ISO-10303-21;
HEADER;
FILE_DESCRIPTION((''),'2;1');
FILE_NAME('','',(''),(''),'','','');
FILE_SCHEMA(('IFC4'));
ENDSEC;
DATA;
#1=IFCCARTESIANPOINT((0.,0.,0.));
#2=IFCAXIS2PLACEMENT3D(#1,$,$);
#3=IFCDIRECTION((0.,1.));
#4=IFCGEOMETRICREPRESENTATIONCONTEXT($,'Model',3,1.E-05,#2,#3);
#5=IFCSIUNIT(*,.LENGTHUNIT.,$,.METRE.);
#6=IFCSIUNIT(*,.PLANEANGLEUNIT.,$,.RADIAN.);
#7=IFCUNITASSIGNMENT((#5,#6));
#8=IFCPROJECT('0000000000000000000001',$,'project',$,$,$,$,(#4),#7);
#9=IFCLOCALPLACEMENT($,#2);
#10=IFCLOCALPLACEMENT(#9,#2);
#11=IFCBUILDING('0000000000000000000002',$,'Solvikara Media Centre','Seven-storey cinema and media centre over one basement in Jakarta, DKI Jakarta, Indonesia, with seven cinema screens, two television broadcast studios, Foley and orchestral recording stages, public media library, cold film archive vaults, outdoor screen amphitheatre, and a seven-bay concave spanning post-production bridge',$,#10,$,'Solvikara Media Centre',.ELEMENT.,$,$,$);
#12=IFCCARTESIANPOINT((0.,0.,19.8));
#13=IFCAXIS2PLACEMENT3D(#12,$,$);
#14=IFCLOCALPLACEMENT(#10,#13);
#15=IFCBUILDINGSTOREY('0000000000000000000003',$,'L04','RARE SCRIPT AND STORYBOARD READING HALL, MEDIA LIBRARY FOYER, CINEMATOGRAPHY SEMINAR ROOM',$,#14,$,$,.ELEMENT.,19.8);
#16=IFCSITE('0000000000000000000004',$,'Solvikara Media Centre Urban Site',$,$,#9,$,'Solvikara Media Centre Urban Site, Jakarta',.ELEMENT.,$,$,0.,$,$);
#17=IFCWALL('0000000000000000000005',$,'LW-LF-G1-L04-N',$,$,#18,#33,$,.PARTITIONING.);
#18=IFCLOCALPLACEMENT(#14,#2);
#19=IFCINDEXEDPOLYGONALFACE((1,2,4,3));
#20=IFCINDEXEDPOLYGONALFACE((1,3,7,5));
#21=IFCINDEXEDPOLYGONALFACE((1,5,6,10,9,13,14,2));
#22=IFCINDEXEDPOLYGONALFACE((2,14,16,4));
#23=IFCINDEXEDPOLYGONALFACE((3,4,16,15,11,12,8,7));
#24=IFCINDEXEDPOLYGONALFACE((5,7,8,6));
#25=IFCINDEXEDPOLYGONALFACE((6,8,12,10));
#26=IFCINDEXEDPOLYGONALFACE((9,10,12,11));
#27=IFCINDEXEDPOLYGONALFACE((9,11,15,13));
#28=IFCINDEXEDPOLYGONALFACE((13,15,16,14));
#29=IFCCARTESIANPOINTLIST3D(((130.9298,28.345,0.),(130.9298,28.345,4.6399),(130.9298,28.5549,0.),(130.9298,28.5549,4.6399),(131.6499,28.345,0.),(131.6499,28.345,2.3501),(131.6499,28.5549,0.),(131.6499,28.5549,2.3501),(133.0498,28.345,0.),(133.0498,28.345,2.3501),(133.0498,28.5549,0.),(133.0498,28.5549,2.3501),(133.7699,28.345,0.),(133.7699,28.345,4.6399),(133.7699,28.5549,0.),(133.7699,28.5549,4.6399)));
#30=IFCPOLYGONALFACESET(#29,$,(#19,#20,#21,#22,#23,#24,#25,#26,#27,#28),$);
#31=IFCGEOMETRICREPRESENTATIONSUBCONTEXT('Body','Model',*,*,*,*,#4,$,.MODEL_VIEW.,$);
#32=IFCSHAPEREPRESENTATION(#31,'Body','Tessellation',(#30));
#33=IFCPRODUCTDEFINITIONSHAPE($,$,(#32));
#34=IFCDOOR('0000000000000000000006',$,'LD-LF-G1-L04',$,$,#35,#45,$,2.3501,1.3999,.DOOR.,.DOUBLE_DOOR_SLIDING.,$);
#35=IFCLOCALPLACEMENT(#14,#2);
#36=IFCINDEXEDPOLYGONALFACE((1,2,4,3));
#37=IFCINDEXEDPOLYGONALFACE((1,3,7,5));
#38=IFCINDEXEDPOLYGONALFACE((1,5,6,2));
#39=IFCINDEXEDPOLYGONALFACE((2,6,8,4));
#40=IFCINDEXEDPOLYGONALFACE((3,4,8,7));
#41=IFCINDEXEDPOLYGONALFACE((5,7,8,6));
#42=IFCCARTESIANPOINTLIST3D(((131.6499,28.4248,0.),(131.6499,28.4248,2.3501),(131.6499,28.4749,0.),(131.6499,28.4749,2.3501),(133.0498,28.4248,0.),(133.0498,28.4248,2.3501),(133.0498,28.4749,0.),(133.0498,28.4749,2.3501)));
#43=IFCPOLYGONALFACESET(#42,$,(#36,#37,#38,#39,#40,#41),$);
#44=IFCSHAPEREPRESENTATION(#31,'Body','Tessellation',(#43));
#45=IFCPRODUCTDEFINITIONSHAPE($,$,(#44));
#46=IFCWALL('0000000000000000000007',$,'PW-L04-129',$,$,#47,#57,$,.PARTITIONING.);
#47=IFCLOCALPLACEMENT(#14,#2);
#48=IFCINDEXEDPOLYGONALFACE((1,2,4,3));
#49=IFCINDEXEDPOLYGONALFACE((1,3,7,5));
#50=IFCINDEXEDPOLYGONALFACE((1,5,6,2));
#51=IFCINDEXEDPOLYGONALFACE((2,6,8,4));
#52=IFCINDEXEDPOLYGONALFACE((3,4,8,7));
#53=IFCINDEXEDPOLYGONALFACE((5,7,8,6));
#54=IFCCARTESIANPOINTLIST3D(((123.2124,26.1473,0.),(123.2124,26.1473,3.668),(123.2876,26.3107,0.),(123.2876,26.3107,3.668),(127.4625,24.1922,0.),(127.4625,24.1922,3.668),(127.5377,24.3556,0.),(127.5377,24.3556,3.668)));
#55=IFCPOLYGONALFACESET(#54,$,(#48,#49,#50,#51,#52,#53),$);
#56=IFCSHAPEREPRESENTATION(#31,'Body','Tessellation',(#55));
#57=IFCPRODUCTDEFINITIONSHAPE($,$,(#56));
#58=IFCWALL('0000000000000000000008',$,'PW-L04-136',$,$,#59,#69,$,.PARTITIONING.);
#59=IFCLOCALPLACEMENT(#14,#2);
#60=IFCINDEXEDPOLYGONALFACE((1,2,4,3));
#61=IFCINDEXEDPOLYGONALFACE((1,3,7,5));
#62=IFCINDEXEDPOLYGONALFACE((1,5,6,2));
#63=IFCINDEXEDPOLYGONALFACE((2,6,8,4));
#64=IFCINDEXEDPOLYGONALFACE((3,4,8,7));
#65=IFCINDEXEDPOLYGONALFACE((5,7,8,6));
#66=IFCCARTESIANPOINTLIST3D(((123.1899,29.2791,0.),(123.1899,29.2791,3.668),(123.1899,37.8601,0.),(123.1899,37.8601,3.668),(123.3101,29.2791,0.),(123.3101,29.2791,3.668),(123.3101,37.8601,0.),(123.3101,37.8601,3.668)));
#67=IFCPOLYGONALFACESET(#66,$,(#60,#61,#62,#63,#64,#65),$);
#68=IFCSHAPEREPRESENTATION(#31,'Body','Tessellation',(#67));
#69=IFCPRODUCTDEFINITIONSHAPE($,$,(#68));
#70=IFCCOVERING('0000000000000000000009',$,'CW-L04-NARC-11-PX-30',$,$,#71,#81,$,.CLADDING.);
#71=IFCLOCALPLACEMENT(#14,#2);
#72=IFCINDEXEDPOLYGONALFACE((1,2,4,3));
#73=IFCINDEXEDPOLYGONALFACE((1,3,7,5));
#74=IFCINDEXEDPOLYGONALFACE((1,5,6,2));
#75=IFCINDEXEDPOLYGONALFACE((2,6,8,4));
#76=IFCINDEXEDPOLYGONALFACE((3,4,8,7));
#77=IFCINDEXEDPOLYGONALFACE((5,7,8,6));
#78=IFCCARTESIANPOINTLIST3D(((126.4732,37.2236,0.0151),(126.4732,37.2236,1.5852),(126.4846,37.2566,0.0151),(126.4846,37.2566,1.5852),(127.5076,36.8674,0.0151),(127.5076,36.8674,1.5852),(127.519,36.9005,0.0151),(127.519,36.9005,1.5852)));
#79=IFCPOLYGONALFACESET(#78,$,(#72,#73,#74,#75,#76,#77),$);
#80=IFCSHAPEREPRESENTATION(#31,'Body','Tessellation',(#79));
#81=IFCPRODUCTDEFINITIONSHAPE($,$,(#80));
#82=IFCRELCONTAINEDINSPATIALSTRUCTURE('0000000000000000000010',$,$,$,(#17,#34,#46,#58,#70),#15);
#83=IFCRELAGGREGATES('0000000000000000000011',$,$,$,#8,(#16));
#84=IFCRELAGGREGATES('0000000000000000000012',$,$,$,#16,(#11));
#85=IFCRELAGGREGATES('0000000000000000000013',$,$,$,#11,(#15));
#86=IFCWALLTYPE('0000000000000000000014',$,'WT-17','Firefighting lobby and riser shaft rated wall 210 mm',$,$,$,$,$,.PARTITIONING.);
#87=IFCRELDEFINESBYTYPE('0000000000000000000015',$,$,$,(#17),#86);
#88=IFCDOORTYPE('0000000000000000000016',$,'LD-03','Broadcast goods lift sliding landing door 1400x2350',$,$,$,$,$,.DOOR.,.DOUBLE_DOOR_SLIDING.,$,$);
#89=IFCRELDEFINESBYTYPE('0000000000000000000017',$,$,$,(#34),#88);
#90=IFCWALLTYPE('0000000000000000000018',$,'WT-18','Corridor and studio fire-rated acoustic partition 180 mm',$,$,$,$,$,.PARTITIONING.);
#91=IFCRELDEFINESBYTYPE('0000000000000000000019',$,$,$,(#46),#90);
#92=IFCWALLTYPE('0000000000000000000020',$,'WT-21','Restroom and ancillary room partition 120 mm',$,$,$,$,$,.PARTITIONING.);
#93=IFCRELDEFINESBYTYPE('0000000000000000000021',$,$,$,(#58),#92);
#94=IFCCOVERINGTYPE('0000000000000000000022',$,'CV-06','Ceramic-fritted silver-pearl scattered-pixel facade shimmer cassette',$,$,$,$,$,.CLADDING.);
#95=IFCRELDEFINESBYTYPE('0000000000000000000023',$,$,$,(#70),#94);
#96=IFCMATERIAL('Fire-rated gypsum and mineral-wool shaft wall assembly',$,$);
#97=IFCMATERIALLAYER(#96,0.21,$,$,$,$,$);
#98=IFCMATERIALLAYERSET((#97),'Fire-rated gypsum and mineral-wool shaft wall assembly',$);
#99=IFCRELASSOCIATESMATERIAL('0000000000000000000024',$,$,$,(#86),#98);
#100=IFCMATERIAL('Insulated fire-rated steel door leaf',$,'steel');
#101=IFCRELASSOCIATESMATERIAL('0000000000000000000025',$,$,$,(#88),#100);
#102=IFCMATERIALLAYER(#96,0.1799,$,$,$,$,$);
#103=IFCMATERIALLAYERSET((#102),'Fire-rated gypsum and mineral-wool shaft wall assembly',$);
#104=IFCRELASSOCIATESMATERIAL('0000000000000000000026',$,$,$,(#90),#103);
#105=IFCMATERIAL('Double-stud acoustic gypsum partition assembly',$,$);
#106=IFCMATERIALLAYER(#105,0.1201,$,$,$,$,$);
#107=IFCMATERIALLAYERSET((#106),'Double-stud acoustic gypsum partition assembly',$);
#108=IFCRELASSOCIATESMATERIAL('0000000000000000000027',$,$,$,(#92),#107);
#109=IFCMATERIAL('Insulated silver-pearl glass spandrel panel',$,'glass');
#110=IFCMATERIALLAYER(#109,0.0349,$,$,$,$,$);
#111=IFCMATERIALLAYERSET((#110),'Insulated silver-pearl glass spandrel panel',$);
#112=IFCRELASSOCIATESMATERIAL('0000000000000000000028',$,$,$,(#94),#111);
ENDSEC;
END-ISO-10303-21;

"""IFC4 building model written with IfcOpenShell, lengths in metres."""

from ifc_helpers import new_model, si_unit, direction, frame, frame_2d, origin, origin_2d, place, context, subcontext, project, spatial, rectangle, extrude, material, layer, layer_set, type_object, element, fill, save


model = new_model("IFC4")

# Units and contexts
model_context = context("Model", 3, precision=1e-05, world=origin(), true_north=direction((0.0, 1.0)))
body_context = subcontext(model_context, "Body", "Model", "MODEL_VIEW")
ifc_project = project(units=[si_unit("LENGTHUNIT", "METRE"), si_unit("PLANEANGLEUNIT", "RADIAN")], contexts=[model_context])

# Site, building, storey
site_placement = place(None, origin())
site = spatial("IfcSite", under=ifc_project, at=site_placement, Name="Solvikara Media Centre Urban Site", LongName="Solvikara Media Centre Urban Site, Jakarta", CompositionType="ELEMENT", RefElevation=0.0)
building_placement = place(site_placement, origin())
building = spatial("IfcBuilding", under=site, at=building_placement, Name="Solvikara Media Centre", Description="Seven-storey cinema and media centre over one basement in Jakarta, DKI Jakarta, Indonesia, with seven cinema screens, two television broadcast studios, Foley and orchestral recording stages, public media library, cold film archive vaults, outdoor screen amphitheatre, and a seven-bay concave spanning post-production bridge", LongName="Solvikara Media Centre", CompositionType="ELEMENT")
storey_placement = place(building_placement, frame((0.0, 0.0, 19.8)))
storey = spatial("IfcBuildingStorey", under=building, at=storey_placement, Name="L04", Description="RARE SCRIPT AND STORYBOARD READING HALL, MEDIA LIBRARY FOYER, CINEMATOGRAPHY SEMINAR ROOM", CompositionType="ELEMENT", Elevation=19.8)

# Shared definitions
ifc_material_1 = material(Name="Insulated fire-rated steel door leaf", Category="steel")

# Shared definitions
ifc_material_2 = material(Name="Fire-rated gypsum and mineral-wool shaft wall assembly")
ifc_layer_1 = layer(ifc_material_2, 0.21)
ifc_layer_set_1 = layer_set([ifc_layer_1], Name="Fire-rated gypsum and mineral-wool shaft wall assembly")
wall_type_1 = type_object("IfcWallType", Name="WT-17", Description="Firefighting lobby and riser shaft rated wall 210 mm", PredefinedType="PARTITIONING", material=ifc_layer_set_1)

# Wall, opening, door
wall_1_placement = place(storey_placement, frame((130.9299, 28.45, 0.0), z_axis=(0.0, 0.0, 1.0), x_axis=(1.0, 0.0, 0.0)))
wall_1 = element("IfcWall", 1, at=wall_1_placement, inside=storey, type_object=wall_type_1, Name="LW-LF-G1-L04-N", PredefinedType="PARTITIONING", context=body_context, shape_type="SweptSolid", body=[
    extrude(rectangle(XDim=2.8401, YDim=0.21, at=frame_2d((1.4199, 0.0))), origin(), (0.0, 0.0, 1.0), 4.6399),
])
opening_1_placement = place(wall_1_placement, frame((0.72, 0.0, 0.0)))
opening_1 = element("IfcOpeningElement", 2, at=opening_1_placement, cuts=wall_1, PredefinedType="OPENING", context=body_context, shape_type="SweptSolid", body=[
    extrude(rectangle(XDim=1.3999, YDim=2.3501, at=frame_2d((0.7, 1.175))), frame((0.0, 0.1169, 0.0), z_axis=(0.0, -1.0, 0.0), x_axis=(1.0, 0.0, 0.0)), (0.0, 0.0, 1.0), 0.2339),
])
door_type_1 = type_object("IfcDoorType", Name="LD-03", Description="Broadcast goods lift sliding landing door 1400x2350", OperationType="DOUBLE_DOOR_SLIDING", PredefinedType="DOOR", material=ifc_material_1)
door_1_placement = place(opening_1_placement, origin())
door_1 = element("IfcDoor", 3, at=door_1_placement, inside=storey, type_object=door_type_1, Name="LD-LF-G1-L04", OperationType="DOUBLE_DOOR_SLIDING", OverallHeight=2.3501, OverallWidth=1.3999, PredefinedType="DOOR", context=body_context, shape_type="SweptSolid", body=[
    extrude(rectangle(XDim=1.3999, YDim=2.3501, at=frame_2d((0.7, 1.175))), frame((0.0, 0.0249, 0.0), z_axis=(0.0, -1.0, 0.0), x_axis=(1.0, 0.0, 0.0)), (0.0, 0.0, 1.0), 0.05),
])
fill(opening_1, door_1)

# Wall
ifc_layer_2 = layer(ifc_material_2, 0.1799)
ifc_layer_set_2 = layer_set([ifc_layer_2], Name="Fire-rated gypsum and mineral-wool shaft wall assembly")
wall_type_2 = type_object("IfcWallType", Name="WT-18", Description="Corridor and studio fire-rated acoustic partition 180 mm", PredefinedType="PARTITIONING", material=ifc_layer_set_2)
wall_2_placement = place(storey_placement, frame((123.25, 26.229, 0.0), z_axis=(0.0, 0.0, 1.0), x_axis=(0.908484, -0.417919, 0.0)))
element("IfcWall", 4, at=wall_2_placement, inside=storey, type_object=wall_type_2, Name="PW-L04-129", PredefinedType="PARTITIONING", context=body_context, shape_type="SweptSolid", body=[
    extrude(rectangle(XDim=4.6782, YDim=0.1799, at=frame_2d((2.3391, 0.0))), origin(), (0.0, 0.0, 1.0), 3.668),
])

# Wall
ifc_material_3 = material(Name="Double-stud acoustic gypsum partition assembly")
ifc_layer_3 = layer(ifc_material_3, 0.1201)
ifc_layer_set_3 = layer_set([ifc_layer_3], Name="Double-stud acoustic gypsum partition assembly")
wall_type_3 = type_object("IfcWallType", Name="WT-21", Description="Restroom and ancillary room partition 120 mm", PredefinedType="PARTITIONING", material=ifc_layer_set_3)
wall_3_placement = place(storey_placement, frame((123.25, 29.2791, 0.0), z_axis=(0.0, 0.0, 1.0), x_axis=(0.0, 1.0, 0.0)))
element("IfcWall", 5, at=wall_3_placement, inside=storey, type_object=wall_type_3, Name="PW-L04-136", PredefinedType="PARTITIONING", context=body_context, shape_type="SweptSolid", body=[
    extrude(rectangle(XDim=8.5811, YDim=0.1201, at=frame_2d((4.2905, 0.0))), origin(), (0.0, 0.0, 1.0), 3.668),
])

# Covering
ifc_material_4 = material(Name="Insulated silver-pearl glass spandrel panel", Category="glass")
ifc_layer_4 = layer(ifc_material_4, 0.0349)
ifc_layer_set_4 = layer_set([ifc_layer_4], Name="Insulated silver-pearl glass spandrel panel")
covering_type = type_object("IfcCoveringType", Name="CV-06", Description="Ceramic-fritted silver-pearl scattered-pixel facade shimmer cassette", PredefinedType="CLADDING", material=ifc_layer_set_4)
covering_placement = place(storey_placement, frame((126.9961, 37.062, 0.0151), z_axis=(0.0, 0.0, 1.0), x_axis=(0.94553, -0.325535, 0.0)))
element("IfcCovering", 6, at=covering_placement, inside=storey, type_object=covering_type, Name="CW-L04-NARC-11-PX-30", PredefinedType="CLADDING", context=body_context, shape_type="SweptSolid", body=[
    extrude(rectangle(XDim=1.094, YDim=0.0349, at=origin_2d()), origin(), (0.0, 0.0, 1.0), 1.5701),
])

save(model, "model.ifc")
